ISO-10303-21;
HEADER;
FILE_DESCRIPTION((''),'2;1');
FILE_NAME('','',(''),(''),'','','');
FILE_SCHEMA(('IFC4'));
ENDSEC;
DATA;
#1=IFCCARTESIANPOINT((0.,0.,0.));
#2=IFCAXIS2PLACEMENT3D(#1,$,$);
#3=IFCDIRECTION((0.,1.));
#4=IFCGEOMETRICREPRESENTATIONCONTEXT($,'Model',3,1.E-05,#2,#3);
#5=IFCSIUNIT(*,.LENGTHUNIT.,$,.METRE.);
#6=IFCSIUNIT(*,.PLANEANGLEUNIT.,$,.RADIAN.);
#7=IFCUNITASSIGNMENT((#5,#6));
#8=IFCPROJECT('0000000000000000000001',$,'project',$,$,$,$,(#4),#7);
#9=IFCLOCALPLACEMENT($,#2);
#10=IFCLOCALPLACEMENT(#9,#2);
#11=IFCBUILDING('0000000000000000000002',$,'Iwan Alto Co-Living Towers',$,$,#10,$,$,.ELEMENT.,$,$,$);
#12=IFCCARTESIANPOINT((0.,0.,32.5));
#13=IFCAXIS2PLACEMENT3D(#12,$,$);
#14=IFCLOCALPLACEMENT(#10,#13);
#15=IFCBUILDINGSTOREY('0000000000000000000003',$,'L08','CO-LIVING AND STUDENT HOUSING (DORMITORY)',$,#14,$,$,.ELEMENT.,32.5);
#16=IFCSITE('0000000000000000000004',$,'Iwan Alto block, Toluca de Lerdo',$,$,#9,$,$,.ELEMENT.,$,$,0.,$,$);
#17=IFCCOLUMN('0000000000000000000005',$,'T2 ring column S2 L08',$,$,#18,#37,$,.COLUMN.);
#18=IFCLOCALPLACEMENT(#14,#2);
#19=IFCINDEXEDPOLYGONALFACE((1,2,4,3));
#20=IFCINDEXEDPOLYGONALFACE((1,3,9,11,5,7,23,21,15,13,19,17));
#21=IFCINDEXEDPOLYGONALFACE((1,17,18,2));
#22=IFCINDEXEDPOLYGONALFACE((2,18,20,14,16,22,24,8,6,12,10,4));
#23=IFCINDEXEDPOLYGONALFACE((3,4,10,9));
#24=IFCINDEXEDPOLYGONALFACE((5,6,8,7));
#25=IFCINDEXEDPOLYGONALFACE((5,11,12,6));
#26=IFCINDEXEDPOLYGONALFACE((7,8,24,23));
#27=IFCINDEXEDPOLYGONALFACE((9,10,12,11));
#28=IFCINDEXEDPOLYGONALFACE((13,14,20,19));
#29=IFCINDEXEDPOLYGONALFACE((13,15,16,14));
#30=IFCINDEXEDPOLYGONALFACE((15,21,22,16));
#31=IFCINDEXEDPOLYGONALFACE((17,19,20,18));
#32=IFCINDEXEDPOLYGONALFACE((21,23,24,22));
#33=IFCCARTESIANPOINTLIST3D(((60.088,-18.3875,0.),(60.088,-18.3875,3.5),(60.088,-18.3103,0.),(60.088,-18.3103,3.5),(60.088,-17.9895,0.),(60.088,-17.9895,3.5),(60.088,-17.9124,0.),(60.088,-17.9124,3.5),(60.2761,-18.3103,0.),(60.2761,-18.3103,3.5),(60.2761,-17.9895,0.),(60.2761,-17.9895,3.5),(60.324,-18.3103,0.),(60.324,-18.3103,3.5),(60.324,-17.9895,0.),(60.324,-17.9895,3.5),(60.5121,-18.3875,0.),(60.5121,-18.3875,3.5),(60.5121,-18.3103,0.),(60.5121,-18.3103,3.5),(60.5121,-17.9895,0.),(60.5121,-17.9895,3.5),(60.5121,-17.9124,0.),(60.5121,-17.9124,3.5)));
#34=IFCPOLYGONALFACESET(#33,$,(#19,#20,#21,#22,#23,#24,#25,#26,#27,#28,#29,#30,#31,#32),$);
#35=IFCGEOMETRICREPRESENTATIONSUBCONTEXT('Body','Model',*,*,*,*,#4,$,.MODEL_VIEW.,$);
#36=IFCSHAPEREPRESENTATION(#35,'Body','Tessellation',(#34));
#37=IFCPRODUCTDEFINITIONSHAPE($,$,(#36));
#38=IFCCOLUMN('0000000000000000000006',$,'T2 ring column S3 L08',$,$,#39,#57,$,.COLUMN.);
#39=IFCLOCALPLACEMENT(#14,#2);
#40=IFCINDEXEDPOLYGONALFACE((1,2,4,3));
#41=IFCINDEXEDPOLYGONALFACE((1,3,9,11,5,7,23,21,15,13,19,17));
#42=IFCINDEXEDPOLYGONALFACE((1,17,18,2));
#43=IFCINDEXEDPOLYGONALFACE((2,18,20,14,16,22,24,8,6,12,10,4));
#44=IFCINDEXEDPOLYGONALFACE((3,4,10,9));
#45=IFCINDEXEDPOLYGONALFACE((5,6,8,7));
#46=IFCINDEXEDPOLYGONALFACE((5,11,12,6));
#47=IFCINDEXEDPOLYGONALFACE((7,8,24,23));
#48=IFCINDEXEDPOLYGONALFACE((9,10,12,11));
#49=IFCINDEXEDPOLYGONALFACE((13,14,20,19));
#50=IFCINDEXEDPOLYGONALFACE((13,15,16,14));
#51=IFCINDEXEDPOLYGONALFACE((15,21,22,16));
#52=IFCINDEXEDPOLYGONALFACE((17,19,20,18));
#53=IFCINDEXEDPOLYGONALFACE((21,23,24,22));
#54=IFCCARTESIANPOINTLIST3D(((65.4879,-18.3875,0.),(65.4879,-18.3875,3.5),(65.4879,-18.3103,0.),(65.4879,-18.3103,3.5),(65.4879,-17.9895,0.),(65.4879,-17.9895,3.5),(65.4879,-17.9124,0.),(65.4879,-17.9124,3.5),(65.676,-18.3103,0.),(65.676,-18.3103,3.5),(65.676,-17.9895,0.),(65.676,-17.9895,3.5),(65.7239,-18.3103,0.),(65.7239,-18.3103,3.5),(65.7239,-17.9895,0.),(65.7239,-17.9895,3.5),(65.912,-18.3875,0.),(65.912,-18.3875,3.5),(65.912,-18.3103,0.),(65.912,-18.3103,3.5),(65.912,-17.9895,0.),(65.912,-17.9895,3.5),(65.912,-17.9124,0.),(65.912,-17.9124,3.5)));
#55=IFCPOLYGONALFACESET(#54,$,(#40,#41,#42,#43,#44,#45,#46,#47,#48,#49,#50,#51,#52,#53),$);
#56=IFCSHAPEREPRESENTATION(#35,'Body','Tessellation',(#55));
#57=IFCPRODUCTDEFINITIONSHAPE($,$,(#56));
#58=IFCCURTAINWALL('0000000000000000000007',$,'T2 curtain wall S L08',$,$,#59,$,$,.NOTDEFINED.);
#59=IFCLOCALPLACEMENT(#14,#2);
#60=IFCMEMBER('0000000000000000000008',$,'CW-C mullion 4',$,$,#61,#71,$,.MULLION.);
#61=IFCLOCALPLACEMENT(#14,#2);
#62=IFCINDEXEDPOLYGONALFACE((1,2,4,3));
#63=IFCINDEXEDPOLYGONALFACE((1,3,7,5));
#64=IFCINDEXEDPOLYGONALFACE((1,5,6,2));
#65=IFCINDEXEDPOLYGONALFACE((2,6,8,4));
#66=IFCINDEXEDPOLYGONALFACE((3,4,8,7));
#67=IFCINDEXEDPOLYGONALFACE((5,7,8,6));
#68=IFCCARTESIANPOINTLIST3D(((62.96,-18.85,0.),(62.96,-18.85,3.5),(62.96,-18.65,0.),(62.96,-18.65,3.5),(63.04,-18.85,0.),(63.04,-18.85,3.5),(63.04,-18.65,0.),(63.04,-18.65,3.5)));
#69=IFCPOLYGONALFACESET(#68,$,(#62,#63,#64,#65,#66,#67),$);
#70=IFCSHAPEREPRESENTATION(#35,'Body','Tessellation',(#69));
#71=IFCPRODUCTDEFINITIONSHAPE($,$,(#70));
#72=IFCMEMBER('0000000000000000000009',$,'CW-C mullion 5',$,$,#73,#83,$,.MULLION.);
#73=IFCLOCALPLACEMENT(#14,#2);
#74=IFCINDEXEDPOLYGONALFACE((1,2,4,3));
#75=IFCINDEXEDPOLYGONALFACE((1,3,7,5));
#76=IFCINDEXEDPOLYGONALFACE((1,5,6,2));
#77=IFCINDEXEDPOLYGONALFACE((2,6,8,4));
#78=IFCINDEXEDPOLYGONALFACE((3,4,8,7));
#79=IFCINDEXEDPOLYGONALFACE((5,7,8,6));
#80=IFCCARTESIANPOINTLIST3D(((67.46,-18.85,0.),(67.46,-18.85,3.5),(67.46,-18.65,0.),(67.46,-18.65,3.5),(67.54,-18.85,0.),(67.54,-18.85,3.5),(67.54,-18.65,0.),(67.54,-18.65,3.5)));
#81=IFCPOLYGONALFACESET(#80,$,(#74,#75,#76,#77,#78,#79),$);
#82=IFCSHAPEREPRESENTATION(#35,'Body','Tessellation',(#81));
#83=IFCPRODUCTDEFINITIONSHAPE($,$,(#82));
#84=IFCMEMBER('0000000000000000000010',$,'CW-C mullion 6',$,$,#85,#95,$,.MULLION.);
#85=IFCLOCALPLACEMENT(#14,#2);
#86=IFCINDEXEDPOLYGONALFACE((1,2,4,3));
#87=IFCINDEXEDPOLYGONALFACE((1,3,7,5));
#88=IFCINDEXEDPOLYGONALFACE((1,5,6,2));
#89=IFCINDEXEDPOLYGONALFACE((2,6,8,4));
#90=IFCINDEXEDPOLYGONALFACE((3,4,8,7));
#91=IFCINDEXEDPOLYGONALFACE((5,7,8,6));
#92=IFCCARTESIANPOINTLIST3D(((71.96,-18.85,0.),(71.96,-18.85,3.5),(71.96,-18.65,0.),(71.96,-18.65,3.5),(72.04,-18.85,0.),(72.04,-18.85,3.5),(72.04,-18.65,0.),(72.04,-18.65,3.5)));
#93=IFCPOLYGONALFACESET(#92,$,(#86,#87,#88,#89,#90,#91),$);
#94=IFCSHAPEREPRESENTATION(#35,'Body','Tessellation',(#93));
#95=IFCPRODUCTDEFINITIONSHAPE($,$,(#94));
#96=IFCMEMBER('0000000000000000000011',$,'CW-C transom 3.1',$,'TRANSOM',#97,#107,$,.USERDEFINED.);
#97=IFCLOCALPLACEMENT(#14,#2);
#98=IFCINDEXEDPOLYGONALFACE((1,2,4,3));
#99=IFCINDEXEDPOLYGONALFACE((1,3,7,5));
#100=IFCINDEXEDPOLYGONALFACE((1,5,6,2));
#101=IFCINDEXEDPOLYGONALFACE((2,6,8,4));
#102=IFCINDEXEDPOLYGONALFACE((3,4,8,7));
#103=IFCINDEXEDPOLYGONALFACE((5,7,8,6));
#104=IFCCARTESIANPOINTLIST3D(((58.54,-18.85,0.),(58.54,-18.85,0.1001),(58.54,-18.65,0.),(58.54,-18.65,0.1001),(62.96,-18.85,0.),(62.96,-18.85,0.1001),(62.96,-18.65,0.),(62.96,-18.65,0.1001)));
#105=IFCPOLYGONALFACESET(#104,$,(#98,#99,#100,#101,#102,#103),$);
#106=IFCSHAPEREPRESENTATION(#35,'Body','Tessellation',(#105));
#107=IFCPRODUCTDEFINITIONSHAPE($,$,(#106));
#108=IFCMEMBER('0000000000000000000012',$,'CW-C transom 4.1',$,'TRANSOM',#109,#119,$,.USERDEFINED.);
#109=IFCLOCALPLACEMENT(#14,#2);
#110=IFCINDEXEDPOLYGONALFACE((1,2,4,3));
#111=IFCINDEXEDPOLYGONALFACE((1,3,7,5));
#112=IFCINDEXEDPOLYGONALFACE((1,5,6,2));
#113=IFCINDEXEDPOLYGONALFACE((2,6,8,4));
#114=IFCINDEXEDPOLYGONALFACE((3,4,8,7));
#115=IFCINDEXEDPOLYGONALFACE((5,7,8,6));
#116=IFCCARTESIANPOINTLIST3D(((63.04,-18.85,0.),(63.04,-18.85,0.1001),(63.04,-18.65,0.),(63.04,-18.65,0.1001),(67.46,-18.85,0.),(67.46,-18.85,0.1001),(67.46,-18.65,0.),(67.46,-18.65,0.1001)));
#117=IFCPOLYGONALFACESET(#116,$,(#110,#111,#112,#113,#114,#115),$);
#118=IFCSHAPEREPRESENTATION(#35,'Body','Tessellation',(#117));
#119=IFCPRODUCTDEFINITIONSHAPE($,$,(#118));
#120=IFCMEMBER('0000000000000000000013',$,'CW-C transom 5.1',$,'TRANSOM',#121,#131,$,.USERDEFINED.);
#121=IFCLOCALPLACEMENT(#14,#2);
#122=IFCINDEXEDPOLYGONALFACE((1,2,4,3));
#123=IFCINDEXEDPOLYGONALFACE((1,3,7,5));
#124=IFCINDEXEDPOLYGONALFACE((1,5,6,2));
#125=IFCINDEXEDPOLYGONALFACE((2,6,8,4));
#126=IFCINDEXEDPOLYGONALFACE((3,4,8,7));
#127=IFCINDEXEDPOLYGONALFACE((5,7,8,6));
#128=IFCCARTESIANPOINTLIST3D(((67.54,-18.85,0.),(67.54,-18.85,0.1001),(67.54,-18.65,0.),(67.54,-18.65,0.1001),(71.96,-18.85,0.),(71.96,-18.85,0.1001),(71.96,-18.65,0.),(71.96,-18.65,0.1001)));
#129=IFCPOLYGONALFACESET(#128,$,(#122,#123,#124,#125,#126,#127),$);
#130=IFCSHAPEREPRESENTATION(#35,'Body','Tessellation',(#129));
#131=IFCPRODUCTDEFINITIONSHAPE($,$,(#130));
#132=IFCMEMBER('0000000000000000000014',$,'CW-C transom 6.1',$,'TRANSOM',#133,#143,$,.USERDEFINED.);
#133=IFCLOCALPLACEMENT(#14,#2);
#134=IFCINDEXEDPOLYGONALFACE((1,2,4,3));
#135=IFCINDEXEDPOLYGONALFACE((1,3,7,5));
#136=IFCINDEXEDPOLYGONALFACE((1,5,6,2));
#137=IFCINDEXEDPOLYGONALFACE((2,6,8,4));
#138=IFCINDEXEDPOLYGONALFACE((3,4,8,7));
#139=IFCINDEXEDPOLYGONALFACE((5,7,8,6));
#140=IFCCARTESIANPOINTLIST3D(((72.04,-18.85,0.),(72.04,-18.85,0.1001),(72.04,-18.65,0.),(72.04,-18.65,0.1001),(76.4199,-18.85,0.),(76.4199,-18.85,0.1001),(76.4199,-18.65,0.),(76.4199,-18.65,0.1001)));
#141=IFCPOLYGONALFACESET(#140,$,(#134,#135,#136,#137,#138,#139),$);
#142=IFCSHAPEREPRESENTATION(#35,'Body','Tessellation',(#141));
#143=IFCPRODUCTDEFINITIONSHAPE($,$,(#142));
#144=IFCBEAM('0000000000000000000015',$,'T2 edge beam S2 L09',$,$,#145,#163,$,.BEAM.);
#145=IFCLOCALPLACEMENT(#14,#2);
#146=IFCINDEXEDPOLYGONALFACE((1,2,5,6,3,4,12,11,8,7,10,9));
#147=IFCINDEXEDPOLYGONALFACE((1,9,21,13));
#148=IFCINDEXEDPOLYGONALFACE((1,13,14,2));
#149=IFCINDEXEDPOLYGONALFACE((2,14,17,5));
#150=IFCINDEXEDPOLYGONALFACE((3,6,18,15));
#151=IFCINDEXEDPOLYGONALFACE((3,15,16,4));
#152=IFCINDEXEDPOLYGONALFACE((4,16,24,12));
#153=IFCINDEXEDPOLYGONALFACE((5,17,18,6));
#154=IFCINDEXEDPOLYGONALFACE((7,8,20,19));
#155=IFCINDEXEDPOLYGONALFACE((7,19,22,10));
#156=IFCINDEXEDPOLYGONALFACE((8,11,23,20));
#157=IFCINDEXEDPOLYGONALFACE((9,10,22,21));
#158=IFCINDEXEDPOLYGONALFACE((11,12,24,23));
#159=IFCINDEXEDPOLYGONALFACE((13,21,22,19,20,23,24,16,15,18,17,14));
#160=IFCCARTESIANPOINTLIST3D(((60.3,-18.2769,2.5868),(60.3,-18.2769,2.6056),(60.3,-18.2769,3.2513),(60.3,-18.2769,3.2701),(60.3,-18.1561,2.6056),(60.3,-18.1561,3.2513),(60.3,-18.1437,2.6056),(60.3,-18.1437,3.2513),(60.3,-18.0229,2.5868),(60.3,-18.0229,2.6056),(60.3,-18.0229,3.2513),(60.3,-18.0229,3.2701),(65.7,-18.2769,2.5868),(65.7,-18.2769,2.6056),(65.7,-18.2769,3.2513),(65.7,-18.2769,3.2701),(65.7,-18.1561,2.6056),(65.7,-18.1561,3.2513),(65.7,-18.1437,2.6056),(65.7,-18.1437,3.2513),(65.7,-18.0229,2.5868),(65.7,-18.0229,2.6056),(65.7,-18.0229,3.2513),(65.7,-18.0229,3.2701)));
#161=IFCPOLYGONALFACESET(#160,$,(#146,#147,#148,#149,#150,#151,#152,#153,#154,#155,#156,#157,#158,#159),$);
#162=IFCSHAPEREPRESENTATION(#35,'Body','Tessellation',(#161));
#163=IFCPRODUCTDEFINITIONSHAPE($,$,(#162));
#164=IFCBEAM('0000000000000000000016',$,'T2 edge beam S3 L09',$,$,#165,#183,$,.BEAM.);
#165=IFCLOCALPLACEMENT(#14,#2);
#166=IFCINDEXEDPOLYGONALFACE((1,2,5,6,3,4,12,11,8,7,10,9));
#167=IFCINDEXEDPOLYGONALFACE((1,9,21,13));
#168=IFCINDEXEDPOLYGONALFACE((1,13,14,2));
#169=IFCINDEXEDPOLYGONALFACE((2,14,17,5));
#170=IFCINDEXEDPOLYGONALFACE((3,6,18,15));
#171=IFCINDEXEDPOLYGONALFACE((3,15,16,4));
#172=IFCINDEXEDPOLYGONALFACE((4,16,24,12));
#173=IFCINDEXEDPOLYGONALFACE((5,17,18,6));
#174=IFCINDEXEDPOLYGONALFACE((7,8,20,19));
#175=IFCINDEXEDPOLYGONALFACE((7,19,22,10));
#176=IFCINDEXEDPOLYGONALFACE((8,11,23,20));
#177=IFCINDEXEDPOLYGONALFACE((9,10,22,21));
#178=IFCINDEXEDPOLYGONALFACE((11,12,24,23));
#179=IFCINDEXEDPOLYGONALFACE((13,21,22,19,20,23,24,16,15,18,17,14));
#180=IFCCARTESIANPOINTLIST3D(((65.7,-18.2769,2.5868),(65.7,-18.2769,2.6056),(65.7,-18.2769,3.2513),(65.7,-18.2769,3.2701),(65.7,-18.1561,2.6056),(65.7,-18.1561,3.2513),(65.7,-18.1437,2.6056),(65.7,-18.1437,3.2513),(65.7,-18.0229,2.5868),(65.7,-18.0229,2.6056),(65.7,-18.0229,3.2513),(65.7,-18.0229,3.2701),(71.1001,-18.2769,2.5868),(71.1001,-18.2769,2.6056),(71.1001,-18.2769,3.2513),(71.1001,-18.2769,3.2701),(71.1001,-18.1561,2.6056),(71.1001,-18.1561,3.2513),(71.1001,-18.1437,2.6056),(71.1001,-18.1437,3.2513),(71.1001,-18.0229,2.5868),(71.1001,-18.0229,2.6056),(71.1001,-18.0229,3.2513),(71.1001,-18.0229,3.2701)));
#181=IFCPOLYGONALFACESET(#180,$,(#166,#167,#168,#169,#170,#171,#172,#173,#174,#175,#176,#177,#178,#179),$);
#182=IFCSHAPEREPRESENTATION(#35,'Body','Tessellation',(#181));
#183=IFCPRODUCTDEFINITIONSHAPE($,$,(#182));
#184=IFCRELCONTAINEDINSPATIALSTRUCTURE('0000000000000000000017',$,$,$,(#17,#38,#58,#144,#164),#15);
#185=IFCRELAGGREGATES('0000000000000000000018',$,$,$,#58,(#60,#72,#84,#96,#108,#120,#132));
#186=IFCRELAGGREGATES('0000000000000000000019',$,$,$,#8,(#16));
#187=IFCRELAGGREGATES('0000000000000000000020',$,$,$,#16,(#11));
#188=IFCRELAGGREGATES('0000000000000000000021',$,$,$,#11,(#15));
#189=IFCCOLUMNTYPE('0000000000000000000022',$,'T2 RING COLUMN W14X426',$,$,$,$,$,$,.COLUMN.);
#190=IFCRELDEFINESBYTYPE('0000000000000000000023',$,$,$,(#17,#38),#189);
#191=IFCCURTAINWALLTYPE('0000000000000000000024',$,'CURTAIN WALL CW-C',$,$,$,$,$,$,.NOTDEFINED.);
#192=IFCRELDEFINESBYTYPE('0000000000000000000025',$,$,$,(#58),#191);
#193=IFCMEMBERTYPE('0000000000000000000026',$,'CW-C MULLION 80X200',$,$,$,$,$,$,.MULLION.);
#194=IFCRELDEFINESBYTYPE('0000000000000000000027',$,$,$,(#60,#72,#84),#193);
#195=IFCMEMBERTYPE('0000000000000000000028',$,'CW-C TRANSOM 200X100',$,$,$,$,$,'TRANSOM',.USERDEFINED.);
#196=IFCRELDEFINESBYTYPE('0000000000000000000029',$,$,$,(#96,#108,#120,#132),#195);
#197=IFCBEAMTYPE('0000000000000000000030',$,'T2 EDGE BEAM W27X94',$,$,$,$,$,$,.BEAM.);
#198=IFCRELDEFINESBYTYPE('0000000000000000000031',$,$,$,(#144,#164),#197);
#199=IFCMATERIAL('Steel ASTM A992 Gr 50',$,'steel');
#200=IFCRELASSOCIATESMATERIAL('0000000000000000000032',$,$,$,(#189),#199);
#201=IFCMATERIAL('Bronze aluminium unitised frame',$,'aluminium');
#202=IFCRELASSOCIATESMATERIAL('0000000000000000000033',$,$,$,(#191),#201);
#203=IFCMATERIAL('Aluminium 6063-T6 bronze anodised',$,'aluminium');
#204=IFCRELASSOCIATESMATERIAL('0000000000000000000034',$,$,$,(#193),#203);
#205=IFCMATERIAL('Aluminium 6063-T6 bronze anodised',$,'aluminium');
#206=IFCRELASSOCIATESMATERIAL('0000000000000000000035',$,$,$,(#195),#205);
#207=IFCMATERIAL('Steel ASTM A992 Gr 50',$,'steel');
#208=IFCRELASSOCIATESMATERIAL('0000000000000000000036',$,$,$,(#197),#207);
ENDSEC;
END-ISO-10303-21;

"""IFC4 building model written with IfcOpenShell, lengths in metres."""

from ifc_helpers import new_model, si_unit, direction, frame, origin, origin_2d, place, context, subcontext, project, spatial, rectangle, i_section, extrude, material, material_profile, profile_set, type_object, element, aggregate, save


model = new_model("IFC4")

# Units and contexts
model_context = context("Model", 3, precision=1e-05, world=origin(), true_north=direction((0.0, 1.0)))
body_context = subcontext(model_context, "Body", "Model", "MODEL_VIEW")
ifc_project = project(units=[si_unit("LENGTHUNIT", "METRE"), si_unit("PLANEANGLEUNIT", "RADIAN")], contexts=[model_context])

# Site, building, storey
site_placement = place(None, origin())
site = spatial("IfcSite", under=ifc_project, at=site_placement, Name="Iwan Alto block, Toluca de Lerdo", CompositionType="ELEMENT", RefElevation=0.0)
building_placement = place(site_placement, origin())
building = spatial("IfcBuilding", under=site, at=building_placement, Name="Iwan Alto Co-Living Towers", CompositionType="ELEMENT")
storey_placement = place(building_placement, frame((0.0, 0.0, 32.5)))
storey = spatial("IfcBuildingStorey", under=building, at=storey_placement, Name="L08", Description="CO-LIVING AND STUDENT HOUSING (DORMITORY)", CompositionType="ELEMENT", Elevation=32.5)

# Columns
ifc_material_1 = material(Name="Steel ASTM A992 Gr 50", Category="steel")
ifc_material_profile_1 = material_profile(ifc_material_1, i_section(OverallWidth=0.4241, OverallDepth=0.4751, WebThickness=0.0479, FlangeThickness=0.0771, at=origin_2d()), Name="W14X426")
ifc_profile_set_1 = profile_set([ifc_material_profile_1], Name="Steel ASTM A992 Gr 50")
column_type = type_object("IfcColumnType", Name="T2 RING COLUMN W14X426", PredefinedType="COLUMN", material=ifc_profile_set_1)
for number, where, z_axis, x_axis, name in (
    (1, (60.3, -18.1499, 0.0), (0.0, 0.0, 1.0), (1.0, 0.0, 0.0), "T2 ring column S2 L08"),
    (2, (65.7, -18.1499, 0.0), (0.0, 0.0, 1.0), (1.0, 0.0, 0.0), "T2 ring column S3 L08"),
):
    element("IfcColumn", number, at=place(storey_placement, frame(where, z_axis=z_axis, x_axis=x_axis)), inside=storey, type_object=column_type, Name=name, PredefinedType="COLUMN", context=body_context, shape_type="SweptSolid", body=[
        extrude(i_section(OverallWidth=0.4241, OverallDepth=0.4751, WebThickness=0.0479, FlangeThickness=0.0771, at=origin_2d()), origin(), (0.0, 0.0, 1.0), 3.5),
    ])

# Curtain wall, members
ifc_material_2 = material(Name="Bronze aluminium unitised frame", Category="aluminium")
curtain_wall_type = type_object("IfcCurtainWallType", Name="CURTAIN WALL CW-C", PredefinedType="NOTDEFINED", material=ifc_material_2)
curtain_wall_placement = place(storey_placement, origin())
curtain_wall = element("IfcCurtainWall", 3, at=curtain_wall_placement, inside=storey, type_object=curtain_wall_type, Name="T2 curtain wall S L08", PredefinedType="NOTDEFINED")
ifc_material_3 = material(Name="Aluminium 6063-T6 bronze anodised", Category="aluminium")
ifc_material_profile_2 = material_profile(ifc_material_3, rectangle(XDim=0.2, YDim=0.0801, at=origin_2d()), Name="AL 80X200")
ifc_profile_set_2 = profile_set([ifc_material_profile_2], Name="Aluminium 6063-T6 bronze anodised")
member_type_1 = type_object("IfcMemberType", Name="CW-C MULLION 80X200", PredefinedType="MULLION", material=ifc_profile_set_2)
member_1_placement = place(storey_placement, frame((63.0, -18.75, 0.0), z_axis=(0.0, 0.0, 1.0), x_axis=(0.0, 1.0, 0.0)))
member_1 = element("IfcMember", 4, at=member_1_placement, type_object=member_type_1, Name="CW-C mullion 4", PredefinedType="MULLION", context=body_context, shape_type="SweptSolid", body=[
    extrude(rectangle(XDim=0.2, YDim=0.0801, at=origin_2d()), origin(), (0.0, 0.0, 1.0), 3.5),
])
member_2_placement = place(storey_placement, frame((67.5, -18.75, 0.0), z_axis=(0.0, 0.0, 1.0), x_axis=(0.0, 1.0, 0.0)))
member_2 = element("IfcMember", 5, at=member_2_placement, type_object=member_type_1, Name="CW-C mullion 5", PredefinedType="MULLION", context=body_context, shape_type="SweptSolid", body=[
    extrude(rectangle(XDim=0.2, YDim=0.0801, at=origin_2d()), origin(), (0.0, 0.0, 1.0), 3.5),
])
member_3_placement = place(storey_placement, frame((72.0, -18.75, 0.0), z_axis=(0.0, 0.0, 1.0), x_axis=(0.0, 1.0, 0.0)))
member_3 = element("IfcMember", 6, at=member_3_placement, type_object=member_type_1, Name="CW-C mullion 6", PredefinedType="MULLION", context=body_context, shape_type="SweptSolid", body=[
    extrude(rectangle(XDim=0.2, YDim=0.0801, at=origin_2d()), origin(), (0.0, 0.0, 1.0), 3.5),
])
ifc_material_4 = material(Name="Aluminium 6063-T6 bronze anodised", Category="aluminium")
ifc_material_profile_3 = material_profile(ifc_material_4, rectangle(XDim=0.2, YDim=0.1001, at=origin_2d()), Name="AL 200X100")
ifc_profile_set_3 = profile_set([ifc_material_profile_3], Name="Aluminium 6063-T6 bronze anodised")
member_type_2 = type_object("IfcMemberType", Name="CW-C TRANSOM 200X100", ElementType="TRANSOM", PredefinedType="USERDEFINED", material=ifc_profile_set_3)
member_4_placement = place(storey_placement, frame((58.54, -18.75, 0.05), z_axis=(1.0, 0.0, 0.0), x_axis=(0.0, 1.0, 0.0)))
member_4 = element("IfcMember", 7, at=member_4_placement, type_object=member_type_2, Name="CW-C transom 3.1", ObjectType="TRANSOM", PredefinedType="USERDEFINED", context=body_context, shape_type="SweptSolid", body=[
    extrude(rectangle(XDim=0.2, YDim=0.1001, at=origin_2d()), origin(), (0.0, 0.0, 1.0), 4.4199),
])
member_5_placement = place(storey_placement, frame((63.04, -18.75, 0.05), z_axis=(1.0, 0.0, 0.0), x_axis=(0.0, 1.0, 0.0)))
member_5 = element("IfcMember", 8, at=member_5_placement, type_object=member_type_2, Name="CW-C transom 4.1", ObjectType="TRANSOM", PredefinedType="USERDEFINED", context=body_context, shape_type="SweptSolid", body=[
    extrude(rectangle(XDim=0.2, YDim=0.1001, at=origin_2d()), origin(), (0.0, 0.0, 1.0), 4.4199),
])
member_6_placement = place(storey_placement, frame((67.54, -18.75, 0.05), z_axis=(1.0, 0.0, 0.0), x_axis=(0.0, 1.0, 0.0)))
member_6 = element("IfcMember", 9, at=member_6_placement, type_object=member_type_2, Name="CW-C transom 5.1", ObjectType="TRANSOM", PredefinedType="USERDEFINED", context=body_context, shape_type="SweptSolid", body=[
    extrude(rectangle(XDim=0.2, YDim=0.1001, at=origin_2d()), origin(), (0.0, 0.0, 1.0), 4.4199),
])
member_7_placement = place(storey_placement, frame((72.04, -18.75, 0.05), z_axis=(1.0, 0.0, 0.0), x_axis=(0.0, 1.0, 0.0)))
member_7 = element("IfcMember", 10, at=member_7_placement, type_object=member_type_2, Name="CW-C transom 6.1", ObjectType="TRANSOM", PredefinedType="USERDEFINED", context=body_context, shape_type="SweptSolid", body=[
    extrude(rectangle(XDim=0.2, YDim=0.1001, at=origin_2d()), origin(), (0.0, 0.0, 1.0), 4.3799),
])

# Beams
ifc_material_5 = material(Name="Steel ASTM A992 Gr 50", Category="steel")
ifc_material_profile_4 = material_profile(ifc_material_5, i_section(OverallWidth=0.2539, OverallDepth=0.6833, WebThickness=0.0125, FlangeThickness=0.0188, at=origin_2d()), Name="W27X94")
ifc_profile_set_4 = profile_set([ifc_material_profile_4], Name="Steel ASTM A992 Gr 50")
beam_type_1 = type_object("IfcBeamType", Name="T2 EDGE BEAM W27X94", PredefinedType="BEAM", material=ifc_profile_set_4)
beam_1_placement = place(storey_placement, frame((60.3, -18.1499, 2.9285), z_axis=(1.0, 0.0, 0.0), x_axis=(0.0, 1.0, 0.0)))
element("IfcBeam", 11, at=beam_1_placement, inside=storey, type_object=beam_type_1, Name="T2 edge beam S2 L09", PredefinedType="BEAM", context=body_context, shape_type="SweptSolid", body=[
    extrude(i_section(OverallWidth=0.2539, OverallDepth=0.6833, WebThickness=0.0125, FlangeThickness=0.0188, at=origin_2d()), origin(), (0.0, 0.0, 1.0), 5.3999),
])
beam_2_placement = place(storey_placement, frame((65.7, -18.1499, 2.9285), z_axis=(1.0, 0.0, 0.0), x_axis=(0.0, 1.0, 0.0)))
element("IfcBeam", 12, at=beam_2_placement, inside=storey, type_object=beam_type_1, Name="T2 edge beam S3 L09", PredefinedType="BEAM", context=body_context, shape_type="SweptSolid", body=[
    extrude(i_section(OverallWidth=0.2539, OverallDepth=0.6833, WebThickness=0.0125, FlangeThickness=0.0188, at=origin_2d()), origin(), (0.0, 0.0, 1.0), 5.4001),
])

aggregate(curtain_wall, [member_1, member_2, member_3, member_4, member_5, member_6, member_7])

save(model, "model.ifc")
